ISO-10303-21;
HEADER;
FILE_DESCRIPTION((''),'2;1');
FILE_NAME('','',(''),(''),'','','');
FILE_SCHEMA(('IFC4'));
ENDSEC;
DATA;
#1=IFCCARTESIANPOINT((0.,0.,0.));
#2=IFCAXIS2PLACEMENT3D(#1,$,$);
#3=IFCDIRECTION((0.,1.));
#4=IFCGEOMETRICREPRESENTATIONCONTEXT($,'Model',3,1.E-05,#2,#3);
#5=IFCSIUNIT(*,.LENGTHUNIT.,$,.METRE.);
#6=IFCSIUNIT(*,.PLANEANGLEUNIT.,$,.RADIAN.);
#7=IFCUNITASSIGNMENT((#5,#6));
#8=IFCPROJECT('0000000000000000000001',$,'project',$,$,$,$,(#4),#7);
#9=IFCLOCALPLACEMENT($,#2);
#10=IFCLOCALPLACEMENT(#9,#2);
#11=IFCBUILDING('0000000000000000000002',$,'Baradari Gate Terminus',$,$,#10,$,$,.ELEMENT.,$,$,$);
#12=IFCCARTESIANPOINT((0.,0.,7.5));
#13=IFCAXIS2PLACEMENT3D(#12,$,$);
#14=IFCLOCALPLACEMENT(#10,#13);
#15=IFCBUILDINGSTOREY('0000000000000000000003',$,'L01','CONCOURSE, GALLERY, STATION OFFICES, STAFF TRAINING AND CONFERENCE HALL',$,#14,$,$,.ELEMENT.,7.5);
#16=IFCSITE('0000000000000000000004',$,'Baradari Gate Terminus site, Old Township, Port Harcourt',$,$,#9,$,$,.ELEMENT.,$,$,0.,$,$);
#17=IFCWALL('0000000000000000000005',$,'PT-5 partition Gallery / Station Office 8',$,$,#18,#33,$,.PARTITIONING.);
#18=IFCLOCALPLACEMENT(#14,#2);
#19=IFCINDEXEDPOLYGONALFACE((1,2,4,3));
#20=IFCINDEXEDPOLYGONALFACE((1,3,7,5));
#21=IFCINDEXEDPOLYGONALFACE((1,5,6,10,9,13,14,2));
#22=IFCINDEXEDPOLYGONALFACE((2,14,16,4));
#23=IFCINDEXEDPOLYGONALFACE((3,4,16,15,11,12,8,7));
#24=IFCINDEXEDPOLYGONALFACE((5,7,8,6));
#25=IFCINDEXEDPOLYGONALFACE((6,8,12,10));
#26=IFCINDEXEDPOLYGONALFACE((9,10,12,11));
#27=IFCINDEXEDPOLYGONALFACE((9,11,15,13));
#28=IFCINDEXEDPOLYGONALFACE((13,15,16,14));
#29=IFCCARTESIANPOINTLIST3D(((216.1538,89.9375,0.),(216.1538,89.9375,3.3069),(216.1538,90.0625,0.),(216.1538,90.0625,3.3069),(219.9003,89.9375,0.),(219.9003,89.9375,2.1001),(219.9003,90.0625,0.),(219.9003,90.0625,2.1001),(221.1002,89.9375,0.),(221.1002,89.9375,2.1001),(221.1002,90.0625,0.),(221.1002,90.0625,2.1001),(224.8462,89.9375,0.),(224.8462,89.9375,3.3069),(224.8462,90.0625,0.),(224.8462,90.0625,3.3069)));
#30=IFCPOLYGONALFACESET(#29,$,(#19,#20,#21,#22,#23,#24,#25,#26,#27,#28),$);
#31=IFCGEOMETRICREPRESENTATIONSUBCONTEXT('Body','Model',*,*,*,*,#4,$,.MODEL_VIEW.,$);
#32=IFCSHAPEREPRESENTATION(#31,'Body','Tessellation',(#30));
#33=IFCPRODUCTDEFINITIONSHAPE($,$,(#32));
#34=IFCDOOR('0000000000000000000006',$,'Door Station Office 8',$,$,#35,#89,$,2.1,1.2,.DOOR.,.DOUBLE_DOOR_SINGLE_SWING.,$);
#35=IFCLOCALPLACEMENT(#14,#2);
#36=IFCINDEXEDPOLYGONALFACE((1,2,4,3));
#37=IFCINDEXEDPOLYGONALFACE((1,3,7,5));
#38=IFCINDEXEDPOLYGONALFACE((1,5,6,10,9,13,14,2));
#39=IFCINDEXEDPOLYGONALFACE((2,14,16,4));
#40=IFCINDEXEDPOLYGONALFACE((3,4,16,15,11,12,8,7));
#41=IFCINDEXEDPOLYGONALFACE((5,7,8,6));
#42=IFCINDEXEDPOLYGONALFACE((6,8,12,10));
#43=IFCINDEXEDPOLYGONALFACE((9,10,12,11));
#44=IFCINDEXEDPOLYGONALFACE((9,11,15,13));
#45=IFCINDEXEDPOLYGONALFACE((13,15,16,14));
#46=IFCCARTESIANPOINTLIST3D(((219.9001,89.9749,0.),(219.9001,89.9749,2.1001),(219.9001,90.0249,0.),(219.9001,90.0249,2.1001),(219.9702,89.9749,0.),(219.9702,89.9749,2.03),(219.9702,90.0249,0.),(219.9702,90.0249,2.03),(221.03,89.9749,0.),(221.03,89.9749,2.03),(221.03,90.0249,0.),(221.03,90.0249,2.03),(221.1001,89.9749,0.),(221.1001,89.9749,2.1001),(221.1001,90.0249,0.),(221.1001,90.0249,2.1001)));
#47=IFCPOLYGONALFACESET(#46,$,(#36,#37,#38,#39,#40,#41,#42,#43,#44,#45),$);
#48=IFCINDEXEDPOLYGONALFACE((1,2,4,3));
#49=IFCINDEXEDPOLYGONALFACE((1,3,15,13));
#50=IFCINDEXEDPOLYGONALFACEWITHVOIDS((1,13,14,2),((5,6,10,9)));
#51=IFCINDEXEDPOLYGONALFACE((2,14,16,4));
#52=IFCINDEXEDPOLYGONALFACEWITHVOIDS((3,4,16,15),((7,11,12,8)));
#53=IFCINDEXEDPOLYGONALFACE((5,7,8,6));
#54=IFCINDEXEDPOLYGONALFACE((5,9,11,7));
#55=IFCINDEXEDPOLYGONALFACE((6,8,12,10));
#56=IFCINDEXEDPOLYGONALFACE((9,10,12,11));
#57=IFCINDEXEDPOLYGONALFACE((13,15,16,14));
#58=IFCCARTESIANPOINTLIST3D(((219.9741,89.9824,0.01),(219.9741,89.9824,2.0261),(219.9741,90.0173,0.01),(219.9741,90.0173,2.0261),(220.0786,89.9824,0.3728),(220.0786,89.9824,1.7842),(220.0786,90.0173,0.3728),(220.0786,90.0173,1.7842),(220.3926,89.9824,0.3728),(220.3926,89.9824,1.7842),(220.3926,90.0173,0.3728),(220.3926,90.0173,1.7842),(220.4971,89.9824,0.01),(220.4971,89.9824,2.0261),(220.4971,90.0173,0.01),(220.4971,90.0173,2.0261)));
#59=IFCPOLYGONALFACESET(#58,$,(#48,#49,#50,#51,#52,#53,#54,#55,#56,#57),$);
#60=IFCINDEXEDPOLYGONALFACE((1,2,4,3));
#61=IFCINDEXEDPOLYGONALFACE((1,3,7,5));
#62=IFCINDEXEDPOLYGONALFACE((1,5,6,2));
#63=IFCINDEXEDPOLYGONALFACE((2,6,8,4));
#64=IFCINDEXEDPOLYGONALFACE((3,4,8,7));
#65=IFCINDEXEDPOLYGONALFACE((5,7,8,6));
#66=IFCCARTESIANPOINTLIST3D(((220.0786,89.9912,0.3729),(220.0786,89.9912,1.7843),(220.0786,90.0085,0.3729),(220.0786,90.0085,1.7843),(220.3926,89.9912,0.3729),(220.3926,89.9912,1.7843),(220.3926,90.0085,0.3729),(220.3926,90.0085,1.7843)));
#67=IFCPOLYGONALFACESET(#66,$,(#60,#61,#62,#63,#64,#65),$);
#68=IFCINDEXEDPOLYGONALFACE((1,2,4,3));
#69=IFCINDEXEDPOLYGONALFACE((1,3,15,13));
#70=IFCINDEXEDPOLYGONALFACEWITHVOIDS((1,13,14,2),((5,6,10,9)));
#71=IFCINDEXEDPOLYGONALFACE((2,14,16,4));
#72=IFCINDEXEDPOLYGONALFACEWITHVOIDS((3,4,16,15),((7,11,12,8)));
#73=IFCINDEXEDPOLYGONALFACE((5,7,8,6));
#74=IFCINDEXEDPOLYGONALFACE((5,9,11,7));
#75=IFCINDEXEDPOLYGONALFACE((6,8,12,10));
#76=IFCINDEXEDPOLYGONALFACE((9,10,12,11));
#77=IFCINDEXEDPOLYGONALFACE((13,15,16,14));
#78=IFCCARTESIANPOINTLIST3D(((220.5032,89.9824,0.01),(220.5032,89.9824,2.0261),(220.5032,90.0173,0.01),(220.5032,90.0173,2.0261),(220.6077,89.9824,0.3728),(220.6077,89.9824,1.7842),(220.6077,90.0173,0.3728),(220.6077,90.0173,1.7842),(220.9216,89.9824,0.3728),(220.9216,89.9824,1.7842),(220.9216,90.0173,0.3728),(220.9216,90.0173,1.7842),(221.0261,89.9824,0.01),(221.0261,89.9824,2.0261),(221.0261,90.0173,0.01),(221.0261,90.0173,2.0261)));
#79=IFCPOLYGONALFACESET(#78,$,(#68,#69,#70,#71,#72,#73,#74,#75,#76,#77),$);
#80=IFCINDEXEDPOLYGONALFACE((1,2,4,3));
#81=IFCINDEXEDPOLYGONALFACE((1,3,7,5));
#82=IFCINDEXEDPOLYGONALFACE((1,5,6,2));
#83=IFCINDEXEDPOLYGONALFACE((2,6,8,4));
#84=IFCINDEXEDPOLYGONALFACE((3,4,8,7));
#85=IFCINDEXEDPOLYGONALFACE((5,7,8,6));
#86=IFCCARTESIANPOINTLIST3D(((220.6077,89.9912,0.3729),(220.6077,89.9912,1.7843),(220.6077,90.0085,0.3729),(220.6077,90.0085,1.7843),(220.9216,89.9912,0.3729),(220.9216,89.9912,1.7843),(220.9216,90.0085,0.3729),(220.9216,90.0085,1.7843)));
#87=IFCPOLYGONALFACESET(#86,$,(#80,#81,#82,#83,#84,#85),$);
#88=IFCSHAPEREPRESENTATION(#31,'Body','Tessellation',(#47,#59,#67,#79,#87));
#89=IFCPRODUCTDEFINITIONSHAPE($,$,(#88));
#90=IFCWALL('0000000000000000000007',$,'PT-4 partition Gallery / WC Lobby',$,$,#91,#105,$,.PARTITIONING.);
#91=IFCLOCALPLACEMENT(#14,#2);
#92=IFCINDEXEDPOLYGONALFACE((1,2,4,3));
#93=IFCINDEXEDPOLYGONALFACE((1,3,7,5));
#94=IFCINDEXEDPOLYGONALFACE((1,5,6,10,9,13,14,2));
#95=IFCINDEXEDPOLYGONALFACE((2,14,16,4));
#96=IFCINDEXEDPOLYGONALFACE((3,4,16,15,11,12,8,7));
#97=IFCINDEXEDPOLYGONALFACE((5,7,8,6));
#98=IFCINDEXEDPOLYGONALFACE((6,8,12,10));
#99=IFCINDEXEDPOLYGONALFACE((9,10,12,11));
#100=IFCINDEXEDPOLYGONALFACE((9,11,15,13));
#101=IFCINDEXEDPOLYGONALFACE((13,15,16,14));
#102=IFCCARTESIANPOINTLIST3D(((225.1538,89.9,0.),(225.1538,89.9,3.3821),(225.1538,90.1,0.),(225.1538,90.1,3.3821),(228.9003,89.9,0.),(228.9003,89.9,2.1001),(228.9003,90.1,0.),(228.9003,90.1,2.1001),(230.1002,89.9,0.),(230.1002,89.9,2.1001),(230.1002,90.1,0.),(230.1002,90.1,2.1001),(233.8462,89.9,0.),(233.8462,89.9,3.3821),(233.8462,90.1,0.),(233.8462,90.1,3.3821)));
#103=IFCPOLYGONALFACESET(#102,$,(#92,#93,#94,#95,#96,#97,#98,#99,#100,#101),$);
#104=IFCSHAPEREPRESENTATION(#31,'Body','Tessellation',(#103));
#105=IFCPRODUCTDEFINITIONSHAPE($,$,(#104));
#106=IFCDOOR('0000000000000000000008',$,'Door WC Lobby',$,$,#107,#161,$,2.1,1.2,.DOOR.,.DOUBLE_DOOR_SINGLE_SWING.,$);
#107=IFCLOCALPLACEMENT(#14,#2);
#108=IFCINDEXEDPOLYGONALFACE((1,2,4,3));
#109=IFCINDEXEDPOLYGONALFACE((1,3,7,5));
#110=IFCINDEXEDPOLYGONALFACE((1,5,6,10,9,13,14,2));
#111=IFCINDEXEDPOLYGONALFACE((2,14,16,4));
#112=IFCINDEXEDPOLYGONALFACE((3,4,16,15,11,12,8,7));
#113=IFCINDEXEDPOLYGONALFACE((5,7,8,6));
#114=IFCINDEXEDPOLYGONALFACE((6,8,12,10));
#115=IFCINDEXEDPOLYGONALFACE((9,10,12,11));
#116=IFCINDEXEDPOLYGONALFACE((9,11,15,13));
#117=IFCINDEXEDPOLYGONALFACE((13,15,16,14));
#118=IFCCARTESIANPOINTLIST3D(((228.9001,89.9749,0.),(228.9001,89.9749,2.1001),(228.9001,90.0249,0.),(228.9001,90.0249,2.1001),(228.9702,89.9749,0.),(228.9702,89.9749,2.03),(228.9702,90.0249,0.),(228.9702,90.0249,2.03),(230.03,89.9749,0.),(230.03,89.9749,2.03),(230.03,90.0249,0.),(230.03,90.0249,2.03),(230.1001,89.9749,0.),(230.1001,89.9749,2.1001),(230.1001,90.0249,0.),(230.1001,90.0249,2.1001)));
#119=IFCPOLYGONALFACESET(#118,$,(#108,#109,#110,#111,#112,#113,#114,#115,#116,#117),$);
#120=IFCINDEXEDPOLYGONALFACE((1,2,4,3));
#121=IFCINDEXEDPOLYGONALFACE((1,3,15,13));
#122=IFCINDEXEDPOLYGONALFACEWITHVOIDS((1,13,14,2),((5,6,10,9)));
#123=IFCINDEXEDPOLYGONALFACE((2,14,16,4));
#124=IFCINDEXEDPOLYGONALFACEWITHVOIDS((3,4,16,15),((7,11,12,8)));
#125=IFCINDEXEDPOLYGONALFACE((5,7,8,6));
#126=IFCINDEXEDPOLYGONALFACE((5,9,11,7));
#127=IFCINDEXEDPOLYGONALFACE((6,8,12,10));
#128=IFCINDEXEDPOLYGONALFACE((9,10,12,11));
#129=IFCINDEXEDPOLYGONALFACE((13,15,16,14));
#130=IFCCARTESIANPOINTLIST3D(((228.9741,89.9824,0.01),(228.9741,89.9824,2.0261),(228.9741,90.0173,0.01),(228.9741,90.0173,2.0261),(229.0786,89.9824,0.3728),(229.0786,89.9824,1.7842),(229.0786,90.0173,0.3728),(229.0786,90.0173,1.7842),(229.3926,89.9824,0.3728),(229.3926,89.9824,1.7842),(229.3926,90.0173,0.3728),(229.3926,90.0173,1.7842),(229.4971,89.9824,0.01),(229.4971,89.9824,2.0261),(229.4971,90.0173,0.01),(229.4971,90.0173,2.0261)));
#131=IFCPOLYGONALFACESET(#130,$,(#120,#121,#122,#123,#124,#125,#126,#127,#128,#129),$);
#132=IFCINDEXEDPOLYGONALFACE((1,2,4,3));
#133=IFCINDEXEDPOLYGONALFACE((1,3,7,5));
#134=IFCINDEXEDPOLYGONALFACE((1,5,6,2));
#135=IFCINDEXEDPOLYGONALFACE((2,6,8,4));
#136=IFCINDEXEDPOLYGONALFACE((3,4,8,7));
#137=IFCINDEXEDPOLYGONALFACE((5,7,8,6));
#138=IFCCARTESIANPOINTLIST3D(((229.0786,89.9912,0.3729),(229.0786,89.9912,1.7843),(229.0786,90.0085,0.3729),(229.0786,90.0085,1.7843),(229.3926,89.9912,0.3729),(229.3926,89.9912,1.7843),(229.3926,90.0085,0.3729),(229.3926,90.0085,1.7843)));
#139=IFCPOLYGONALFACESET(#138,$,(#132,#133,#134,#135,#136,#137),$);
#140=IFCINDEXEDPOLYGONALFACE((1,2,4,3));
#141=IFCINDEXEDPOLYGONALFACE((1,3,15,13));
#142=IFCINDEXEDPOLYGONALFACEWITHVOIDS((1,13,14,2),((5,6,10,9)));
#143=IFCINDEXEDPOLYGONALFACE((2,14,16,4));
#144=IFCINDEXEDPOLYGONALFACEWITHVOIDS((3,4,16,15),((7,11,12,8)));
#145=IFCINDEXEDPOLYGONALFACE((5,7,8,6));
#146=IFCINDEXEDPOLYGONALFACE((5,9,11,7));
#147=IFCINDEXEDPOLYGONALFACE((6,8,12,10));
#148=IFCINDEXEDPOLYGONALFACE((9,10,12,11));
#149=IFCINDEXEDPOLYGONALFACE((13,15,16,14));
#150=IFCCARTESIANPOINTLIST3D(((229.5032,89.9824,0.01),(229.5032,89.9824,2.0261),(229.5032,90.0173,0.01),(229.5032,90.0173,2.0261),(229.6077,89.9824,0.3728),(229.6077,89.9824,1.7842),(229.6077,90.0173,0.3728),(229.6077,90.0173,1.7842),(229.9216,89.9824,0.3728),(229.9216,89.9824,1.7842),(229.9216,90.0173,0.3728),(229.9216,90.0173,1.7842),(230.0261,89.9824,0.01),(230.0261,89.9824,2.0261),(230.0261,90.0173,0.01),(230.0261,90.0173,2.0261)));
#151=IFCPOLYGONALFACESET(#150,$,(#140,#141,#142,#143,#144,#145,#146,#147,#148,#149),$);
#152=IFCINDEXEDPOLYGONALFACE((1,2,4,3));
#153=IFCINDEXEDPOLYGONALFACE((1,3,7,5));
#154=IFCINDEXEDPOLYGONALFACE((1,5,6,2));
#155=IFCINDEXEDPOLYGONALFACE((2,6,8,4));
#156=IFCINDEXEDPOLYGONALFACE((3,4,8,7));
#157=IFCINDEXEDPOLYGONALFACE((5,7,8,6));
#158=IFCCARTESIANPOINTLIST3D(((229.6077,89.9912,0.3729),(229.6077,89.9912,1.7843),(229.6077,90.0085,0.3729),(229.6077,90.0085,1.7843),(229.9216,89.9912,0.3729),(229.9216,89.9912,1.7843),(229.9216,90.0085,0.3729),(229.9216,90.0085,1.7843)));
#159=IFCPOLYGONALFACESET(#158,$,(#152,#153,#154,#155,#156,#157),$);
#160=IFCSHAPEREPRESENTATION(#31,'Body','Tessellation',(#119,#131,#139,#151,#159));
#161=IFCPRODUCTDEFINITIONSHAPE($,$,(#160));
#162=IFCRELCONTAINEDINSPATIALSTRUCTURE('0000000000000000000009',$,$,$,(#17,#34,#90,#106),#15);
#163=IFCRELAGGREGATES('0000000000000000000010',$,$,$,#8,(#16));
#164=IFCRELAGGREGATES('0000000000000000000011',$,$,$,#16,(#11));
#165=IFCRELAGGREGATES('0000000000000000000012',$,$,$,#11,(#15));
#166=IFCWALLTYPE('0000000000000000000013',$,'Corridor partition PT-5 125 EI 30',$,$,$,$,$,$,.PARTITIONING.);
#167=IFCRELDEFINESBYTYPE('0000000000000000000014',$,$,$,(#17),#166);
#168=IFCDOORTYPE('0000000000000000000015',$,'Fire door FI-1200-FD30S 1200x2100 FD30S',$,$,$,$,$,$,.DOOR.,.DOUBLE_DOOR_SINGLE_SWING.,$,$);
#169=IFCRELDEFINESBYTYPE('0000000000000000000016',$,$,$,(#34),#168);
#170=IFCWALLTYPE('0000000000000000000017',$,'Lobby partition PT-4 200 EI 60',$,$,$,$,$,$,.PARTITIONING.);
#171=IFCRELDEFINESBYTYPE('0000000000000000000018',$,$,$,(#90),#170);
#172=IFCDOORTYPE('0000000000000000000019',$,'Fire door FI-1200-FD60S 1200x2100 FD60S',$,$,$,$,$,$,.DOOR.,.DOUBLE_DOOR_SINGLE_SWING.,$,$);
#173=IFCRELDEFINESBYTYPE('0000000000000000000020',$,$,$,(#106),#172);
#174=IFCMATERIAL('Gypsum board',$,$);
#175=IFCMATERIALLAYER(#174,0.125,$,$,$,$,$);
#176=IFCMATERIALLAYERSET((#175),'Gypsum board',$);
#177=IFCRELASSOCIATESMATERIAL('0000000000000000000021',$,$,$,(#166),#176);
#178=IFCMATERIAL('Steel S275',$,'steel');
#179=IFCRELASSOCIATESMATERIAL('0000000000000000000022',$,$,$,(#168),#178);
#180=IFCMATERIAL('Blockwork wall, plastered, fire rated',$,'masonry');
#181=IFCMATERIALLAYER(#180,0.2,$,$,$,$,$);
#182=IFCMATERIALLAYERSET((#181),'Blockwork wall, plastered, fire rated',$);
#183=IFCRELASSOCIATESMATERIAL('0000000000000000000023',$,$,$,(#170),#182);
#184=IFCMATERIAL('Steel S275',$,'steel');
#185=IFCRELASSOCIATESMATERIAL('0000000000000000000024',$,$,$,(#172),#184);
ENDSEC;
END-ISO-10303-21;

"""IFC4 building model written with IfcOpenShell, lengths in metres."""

from ifc_helpers import new_model, si_unit, direction, frame, frame_2d, origin, place, context, subcontext, project, spatial, polyline, rectangle, outline, extrude, material, layer, layer_set, type_object, element, fill, save


model = new_model("IFC4")

# Units and contexts
model_context = context("Model", 3, precision=1e-05, world=origin(), true_north=direction((0.0, 1.0)))
body_context = subcontext(model_context, "Body", "Model", "MODEL_VIEW")
ifc_project = project(units=[si_unit("LENGTHUNIT", "METRE"), si_unit("PLANEANGLEUNIT", "RADIAN")], contexts=[model_context])

# Site, building, storey
site_placement = place(None, origin())
site = spatial("IfcSite", under=ifc_project, at=site_placement, Name="Baradari Gate Terminus site, Old Township, Port Harcourt", CompositionType="ELEMENT", RefElevation=0.0)
building_placement = place(site_placement, origin())
building = spatial("IfcBuilding", under=site, at=building_placement, Name="Baradari Gate Terminus", CompositionType="ELEMENT")
storey_placement = place(building_placement, frame((0.0, 0.0, 7.5)))
storey = spatial("IfcBuildingStorey", under=building, at=storey_placement, Name="L01", Description="CONCOURSE, GALLERY, STATION OFFICES, STAFF TRAINING AND CONFERENCE HALL", CompositionType="ELEMENT", Elevation=7.5)

# Walls, openings, doors
ifc_material_1 = material(Name="Gypsum board")
ifc_layer_1 = layer(ifc_material_1, 0.125)
ifc_layer_set_1 = layer_set([ifc_layer_1], Name="Gypsum board")
wall_type_1 = type_object("IfcWallType", Name="Corridor partition PT-5 125 EI 30", PredefinedType="PARTITIONING", material=ifc_layer_set_1)
wall_1_placement = place(storey_placement, frame((216.1538, 90.0, 0.0), z_axis=(0.0, 0.0, 1.0), x_axis=(1.0, 0.0, 0.0)))
wall_1 = element("IfcWall", 1, at=wall_1_placement, inside=storey, type_object=wall_type_1, Name="PT-5 partition Gallery / Station Office 8", PredefinedType="PARTITIONING", context=body_context, shape_type="SweptSolid", body=[
    extrude(rectangle(XDim=8.6924, YDim=0.125, at=frame_2d((4.3462, 0.0))), origin(), (0.0, 0.0, 1.0), 3.3069),
])
opening_1_placement = place(wall_1_placement, frame((3.7463, 0.0, 0.0)))
opening_1 = element("IfcOpeningElement", 2, at=opening_1_placement, cuts=wall_1, PredefinedType="OPENING", context=body_context, shape_type="SweptSolid", body=[
    extrude(rectangle(XDim=1.2, YDim=2.1001, at=frame_2d((0.6001, 1.05))), frame((0.0, 0.0725, 0.0), z_axis=(0.0, -1.0, 0.0), x_axis=(1.0, 0.0, 0.0)), (0.0, 0.0, 1.0), 0.145),
])
ifc_material_2 = material(Name="Steel S275", Category="steel")
door_type_1 = type_object("IfcDoorType", Name="Fire door FI-1200-FD30S 1200x2100 FD30S", OperationType="DOUBLE_DOOR_SINGLE_SWING", PredefinedType="DOOR", material=ifc_material_2)
door_1_placement = place(opening_1_placement, origin())
door_1 = element("IfcDoor", 3, at=door_1_placement, inside=storey, type_object=door_type_1, Name="Door Station Office 8", OperationType="DOUBLE_DOOR_SINGLE_SWING", OverallHeight=2.1, OverallWidth=1.2, PredefinedType="DOOR", context=body_context, shape_type="SweptSolid", body=[
    extrude(outline(polyline([(0.0, 0.0), (0.0701, 0.0), (0.0701, 2.03), (1.1299, 2.03), (1.1299, 0.0), (1.2, 0.0), (1.2, 2.1001), (0.0, 2.1001), (0.0, 0.0)])), frame((0.0, 0.0249, 0.0), z_axis=(0.0, -1.0, 0.0), x_axis=(1.0, 0.0, 0.0)), (0.0, 0.0, 1.0), 0.05),
    extrude(outline(polyline([(0.074, 0.01), (0.5969, 0.01), (0.5969, 2.0261), (0.074, 2.0261), (0.074, 0.01)]), holes=[polyline([(0.1785, 0.3728), (0.4924, 0.3728), (0.4924, 1.7842), (0.1785, 1.7842), (0.1785, 0.3728)])]), frame((0.0, 0.0173, 0.0), z_axis=(0.0, -1.0, 0.0), x_axis=(1.0, 0.0, 0.0)), (0.0, 0.0, 1.0), 0.0349),
    extrude(rectangle(XDim=0.314, YDim=1.4114, at=frame_2d((0.3354, 1.0786))), frame((0.0, 0.0085, 0.0), z_axis=(0.0, -1.0, 0.0), x_axis=(1.0, 0.0, 0.0)), (0.0, 0.0, 1.0), 0.0173),
    extrude(outline(polyline([(0.603, 0.01), (1.126, 0.01), (1.126, 2.0261), (0.603, 2.0261), (0.603, 0.01)]), holes=[polyline([(0.7075, 0.3728), (1.0215, 0.3728), (1.0215, 1.7842), (0.7075, 1.7842), (0.7075, 0.3728)])]), frame((0.0, 0.0173, 0.0), z_axis=(0.0, -1.0, 0.0), x_axis=(1.0, 0.0, 0.0)), (0.0, 0.0, 1.0), 0.0349),
    extrude(rectangle(XDim=0.314, YDim=1.4114, at=frame_2d((0.8645, 1.0786))), frame((0.0, 0.0085, 0.0), z_axis=(0.0, -1.0, 0.0), x_axis=(1.0, 0.0, 0.0)), (0.0, 0.0, 1.0), 0.0173),
])
fill(opening_1, door_1)
ifc_material_3 = material(Name="Blockwork wall, plastered, fire rated", Category="masonry")
ifc_layer_2 = layer(ifc_material_3, 0.2)
ifc_layer_set_2 = layer_set([ifc_layer_2], Name="Blockwork wall, plastered, fire rated")
wall_type_2 = type_object("IfcWallType", Name="Lobby partition PT-4 200 EI 60", PredefinedType="PARTITIONING", material=ifc_layer_set_2)
wall_2_placement = place(storey_placement, frame((225.1538, 90.0, 0.0), z_axis=(0.0, 0.0, 1.0), x_axis=(1.0, 0.0, 0.0)))
wall_2 = element("IfcWall", 4, at=wall_2_placement, inside=storey, type_object=wall_type_2, Name="PT-4 partition Gallery / WC Lobby", PredefinedType="PARTITIONING", context=body_context, shape_type="SweptSolid", body=[
    extrude(rectangle(XDim=8.6924, YDim=0.2, at=frame_2d((4.3462, 0.0))), origin(), (0.0, 0.0, 1.0), 3.3821),
])
opening_2_placement = place(wall_2_placement, frame((3.7463, 0.0, 0.0)))
opening_2 = element("IfcOpeningElement", 5, at=opening_2_placement, cuts=wall_2, PredefinedType="OPENING", context=body_context, shape_type="SweptSolid", body=[
    extrude(rectangle(XDim=1.2, YDim=2.1001, at=frame_2d((0.6001, 1.05))), frame((0.0, 0.1099, 0.0), z_axis=(0.0, -1.0, 0.0), x_axis=(1.0, 0.0, 0.0)), (0.0, 0.0, 1.0), 0.22),
])
ifc_material_4 = material(Name="Steel S275", Category="steel")
door_type_2 = type_object("IfcDoorType", Name="Fire door FI-1200-FD60S 1200x2100 FD60S", OperationType="DOUBLE_DOOR_SINGLE_SWING", PredefinedType="DOOR", material=ifc_material_4)
door_2_placement = place(opening_2_placement, origin())
door_2 = element("IfcDoor", 6, at=door_2_placement, inside=storey, type_object=door_type_2, Name="Door WC Lobby", OperationType="DOUBLE_DOOR_SINGLE_SWING", OverallHeight=2.1, OverallWidth=1.2, PredefinedType="DOOR", context=body_context, shape_type="SweptSolid", body=[
    extrude(outline(polyline([(0.0, 0.0), (0.0701, 0.0), (0.0701, 2.03), (1.1299, 2.03), (1.1299, 0.0), (1.2, 0.0), (1.2, 2.1001), (0.0, 2.1001), (0.0, 0.0)])), frame((0.0, 0.0249, 0.0), z_axis=(0.0, -1.0, 0.0), x_axis=(1.0, 0.0, 0.0)), (0.0, 0.0, 1.0), 0.05),
    extrude(outline(polyline([(0.074, 0.01), (0.5969, 0.01), (0.5969, 2.0261), (0.074, 2.0261), (0.074, 0.01)]), holes=[polyline([(0.1785, 0.3728), (0.4924, 0.3728), (0.4924, 1.7842), (0.1785, 1.7842), (0.1785, 0.3728)])]), frame((0.0, 0.0173, 0.0), z_axis=(0.0, -1.0, 0.0), x_axis=(1.0, 0.0, 0.0)), (0.0, 0.0, 1.0), 0.0349),
    extrude(rectangle(XDim=0.314, YDim=1.4114, at=frame_2d((0.3354, 1.0786))), frame((0.0, 0.0085, 0.0), z_axis=(0.0, -1.0, 0.0), x_axis=(1.0, 0.0, 0.0)), (0.0, 0.0, 1.0), 0.0173),
    extrude(outline(polyline([(0.603, 0.01), (1.126, 0.01), (1.126, 2.0261), (0.603, 2.0261), (0.603, 0.01)]), holes=[polyline([(0.7075, 0.3728), (1.0215, 0.3728), (1.0215, 1.7842), (0.7075, 1.7842), (0.7075, 0.3728)])]), frame((0.0, 0.0173, 0.0), z_axis=(0.0, -1.0, 0.0), x_axis=(1.0, 0.0, 0.0)), (0.0, 0.0, 1.0), 0.0349),
    extrude(rectangle(XDim=0.314, YDim=1.4114, at=frame_2d((0.8645, 1.0786))), frame((0.0, 0.0085, 0.0), z_axis=(0.0, -1.0, 0.0), x_axis=(1.0, 0.0, 0.0)), (0.0, 0.0, 1.0), 0.0173),
])
fill(opening_2, door_2)

save(model, "model.ifc")
